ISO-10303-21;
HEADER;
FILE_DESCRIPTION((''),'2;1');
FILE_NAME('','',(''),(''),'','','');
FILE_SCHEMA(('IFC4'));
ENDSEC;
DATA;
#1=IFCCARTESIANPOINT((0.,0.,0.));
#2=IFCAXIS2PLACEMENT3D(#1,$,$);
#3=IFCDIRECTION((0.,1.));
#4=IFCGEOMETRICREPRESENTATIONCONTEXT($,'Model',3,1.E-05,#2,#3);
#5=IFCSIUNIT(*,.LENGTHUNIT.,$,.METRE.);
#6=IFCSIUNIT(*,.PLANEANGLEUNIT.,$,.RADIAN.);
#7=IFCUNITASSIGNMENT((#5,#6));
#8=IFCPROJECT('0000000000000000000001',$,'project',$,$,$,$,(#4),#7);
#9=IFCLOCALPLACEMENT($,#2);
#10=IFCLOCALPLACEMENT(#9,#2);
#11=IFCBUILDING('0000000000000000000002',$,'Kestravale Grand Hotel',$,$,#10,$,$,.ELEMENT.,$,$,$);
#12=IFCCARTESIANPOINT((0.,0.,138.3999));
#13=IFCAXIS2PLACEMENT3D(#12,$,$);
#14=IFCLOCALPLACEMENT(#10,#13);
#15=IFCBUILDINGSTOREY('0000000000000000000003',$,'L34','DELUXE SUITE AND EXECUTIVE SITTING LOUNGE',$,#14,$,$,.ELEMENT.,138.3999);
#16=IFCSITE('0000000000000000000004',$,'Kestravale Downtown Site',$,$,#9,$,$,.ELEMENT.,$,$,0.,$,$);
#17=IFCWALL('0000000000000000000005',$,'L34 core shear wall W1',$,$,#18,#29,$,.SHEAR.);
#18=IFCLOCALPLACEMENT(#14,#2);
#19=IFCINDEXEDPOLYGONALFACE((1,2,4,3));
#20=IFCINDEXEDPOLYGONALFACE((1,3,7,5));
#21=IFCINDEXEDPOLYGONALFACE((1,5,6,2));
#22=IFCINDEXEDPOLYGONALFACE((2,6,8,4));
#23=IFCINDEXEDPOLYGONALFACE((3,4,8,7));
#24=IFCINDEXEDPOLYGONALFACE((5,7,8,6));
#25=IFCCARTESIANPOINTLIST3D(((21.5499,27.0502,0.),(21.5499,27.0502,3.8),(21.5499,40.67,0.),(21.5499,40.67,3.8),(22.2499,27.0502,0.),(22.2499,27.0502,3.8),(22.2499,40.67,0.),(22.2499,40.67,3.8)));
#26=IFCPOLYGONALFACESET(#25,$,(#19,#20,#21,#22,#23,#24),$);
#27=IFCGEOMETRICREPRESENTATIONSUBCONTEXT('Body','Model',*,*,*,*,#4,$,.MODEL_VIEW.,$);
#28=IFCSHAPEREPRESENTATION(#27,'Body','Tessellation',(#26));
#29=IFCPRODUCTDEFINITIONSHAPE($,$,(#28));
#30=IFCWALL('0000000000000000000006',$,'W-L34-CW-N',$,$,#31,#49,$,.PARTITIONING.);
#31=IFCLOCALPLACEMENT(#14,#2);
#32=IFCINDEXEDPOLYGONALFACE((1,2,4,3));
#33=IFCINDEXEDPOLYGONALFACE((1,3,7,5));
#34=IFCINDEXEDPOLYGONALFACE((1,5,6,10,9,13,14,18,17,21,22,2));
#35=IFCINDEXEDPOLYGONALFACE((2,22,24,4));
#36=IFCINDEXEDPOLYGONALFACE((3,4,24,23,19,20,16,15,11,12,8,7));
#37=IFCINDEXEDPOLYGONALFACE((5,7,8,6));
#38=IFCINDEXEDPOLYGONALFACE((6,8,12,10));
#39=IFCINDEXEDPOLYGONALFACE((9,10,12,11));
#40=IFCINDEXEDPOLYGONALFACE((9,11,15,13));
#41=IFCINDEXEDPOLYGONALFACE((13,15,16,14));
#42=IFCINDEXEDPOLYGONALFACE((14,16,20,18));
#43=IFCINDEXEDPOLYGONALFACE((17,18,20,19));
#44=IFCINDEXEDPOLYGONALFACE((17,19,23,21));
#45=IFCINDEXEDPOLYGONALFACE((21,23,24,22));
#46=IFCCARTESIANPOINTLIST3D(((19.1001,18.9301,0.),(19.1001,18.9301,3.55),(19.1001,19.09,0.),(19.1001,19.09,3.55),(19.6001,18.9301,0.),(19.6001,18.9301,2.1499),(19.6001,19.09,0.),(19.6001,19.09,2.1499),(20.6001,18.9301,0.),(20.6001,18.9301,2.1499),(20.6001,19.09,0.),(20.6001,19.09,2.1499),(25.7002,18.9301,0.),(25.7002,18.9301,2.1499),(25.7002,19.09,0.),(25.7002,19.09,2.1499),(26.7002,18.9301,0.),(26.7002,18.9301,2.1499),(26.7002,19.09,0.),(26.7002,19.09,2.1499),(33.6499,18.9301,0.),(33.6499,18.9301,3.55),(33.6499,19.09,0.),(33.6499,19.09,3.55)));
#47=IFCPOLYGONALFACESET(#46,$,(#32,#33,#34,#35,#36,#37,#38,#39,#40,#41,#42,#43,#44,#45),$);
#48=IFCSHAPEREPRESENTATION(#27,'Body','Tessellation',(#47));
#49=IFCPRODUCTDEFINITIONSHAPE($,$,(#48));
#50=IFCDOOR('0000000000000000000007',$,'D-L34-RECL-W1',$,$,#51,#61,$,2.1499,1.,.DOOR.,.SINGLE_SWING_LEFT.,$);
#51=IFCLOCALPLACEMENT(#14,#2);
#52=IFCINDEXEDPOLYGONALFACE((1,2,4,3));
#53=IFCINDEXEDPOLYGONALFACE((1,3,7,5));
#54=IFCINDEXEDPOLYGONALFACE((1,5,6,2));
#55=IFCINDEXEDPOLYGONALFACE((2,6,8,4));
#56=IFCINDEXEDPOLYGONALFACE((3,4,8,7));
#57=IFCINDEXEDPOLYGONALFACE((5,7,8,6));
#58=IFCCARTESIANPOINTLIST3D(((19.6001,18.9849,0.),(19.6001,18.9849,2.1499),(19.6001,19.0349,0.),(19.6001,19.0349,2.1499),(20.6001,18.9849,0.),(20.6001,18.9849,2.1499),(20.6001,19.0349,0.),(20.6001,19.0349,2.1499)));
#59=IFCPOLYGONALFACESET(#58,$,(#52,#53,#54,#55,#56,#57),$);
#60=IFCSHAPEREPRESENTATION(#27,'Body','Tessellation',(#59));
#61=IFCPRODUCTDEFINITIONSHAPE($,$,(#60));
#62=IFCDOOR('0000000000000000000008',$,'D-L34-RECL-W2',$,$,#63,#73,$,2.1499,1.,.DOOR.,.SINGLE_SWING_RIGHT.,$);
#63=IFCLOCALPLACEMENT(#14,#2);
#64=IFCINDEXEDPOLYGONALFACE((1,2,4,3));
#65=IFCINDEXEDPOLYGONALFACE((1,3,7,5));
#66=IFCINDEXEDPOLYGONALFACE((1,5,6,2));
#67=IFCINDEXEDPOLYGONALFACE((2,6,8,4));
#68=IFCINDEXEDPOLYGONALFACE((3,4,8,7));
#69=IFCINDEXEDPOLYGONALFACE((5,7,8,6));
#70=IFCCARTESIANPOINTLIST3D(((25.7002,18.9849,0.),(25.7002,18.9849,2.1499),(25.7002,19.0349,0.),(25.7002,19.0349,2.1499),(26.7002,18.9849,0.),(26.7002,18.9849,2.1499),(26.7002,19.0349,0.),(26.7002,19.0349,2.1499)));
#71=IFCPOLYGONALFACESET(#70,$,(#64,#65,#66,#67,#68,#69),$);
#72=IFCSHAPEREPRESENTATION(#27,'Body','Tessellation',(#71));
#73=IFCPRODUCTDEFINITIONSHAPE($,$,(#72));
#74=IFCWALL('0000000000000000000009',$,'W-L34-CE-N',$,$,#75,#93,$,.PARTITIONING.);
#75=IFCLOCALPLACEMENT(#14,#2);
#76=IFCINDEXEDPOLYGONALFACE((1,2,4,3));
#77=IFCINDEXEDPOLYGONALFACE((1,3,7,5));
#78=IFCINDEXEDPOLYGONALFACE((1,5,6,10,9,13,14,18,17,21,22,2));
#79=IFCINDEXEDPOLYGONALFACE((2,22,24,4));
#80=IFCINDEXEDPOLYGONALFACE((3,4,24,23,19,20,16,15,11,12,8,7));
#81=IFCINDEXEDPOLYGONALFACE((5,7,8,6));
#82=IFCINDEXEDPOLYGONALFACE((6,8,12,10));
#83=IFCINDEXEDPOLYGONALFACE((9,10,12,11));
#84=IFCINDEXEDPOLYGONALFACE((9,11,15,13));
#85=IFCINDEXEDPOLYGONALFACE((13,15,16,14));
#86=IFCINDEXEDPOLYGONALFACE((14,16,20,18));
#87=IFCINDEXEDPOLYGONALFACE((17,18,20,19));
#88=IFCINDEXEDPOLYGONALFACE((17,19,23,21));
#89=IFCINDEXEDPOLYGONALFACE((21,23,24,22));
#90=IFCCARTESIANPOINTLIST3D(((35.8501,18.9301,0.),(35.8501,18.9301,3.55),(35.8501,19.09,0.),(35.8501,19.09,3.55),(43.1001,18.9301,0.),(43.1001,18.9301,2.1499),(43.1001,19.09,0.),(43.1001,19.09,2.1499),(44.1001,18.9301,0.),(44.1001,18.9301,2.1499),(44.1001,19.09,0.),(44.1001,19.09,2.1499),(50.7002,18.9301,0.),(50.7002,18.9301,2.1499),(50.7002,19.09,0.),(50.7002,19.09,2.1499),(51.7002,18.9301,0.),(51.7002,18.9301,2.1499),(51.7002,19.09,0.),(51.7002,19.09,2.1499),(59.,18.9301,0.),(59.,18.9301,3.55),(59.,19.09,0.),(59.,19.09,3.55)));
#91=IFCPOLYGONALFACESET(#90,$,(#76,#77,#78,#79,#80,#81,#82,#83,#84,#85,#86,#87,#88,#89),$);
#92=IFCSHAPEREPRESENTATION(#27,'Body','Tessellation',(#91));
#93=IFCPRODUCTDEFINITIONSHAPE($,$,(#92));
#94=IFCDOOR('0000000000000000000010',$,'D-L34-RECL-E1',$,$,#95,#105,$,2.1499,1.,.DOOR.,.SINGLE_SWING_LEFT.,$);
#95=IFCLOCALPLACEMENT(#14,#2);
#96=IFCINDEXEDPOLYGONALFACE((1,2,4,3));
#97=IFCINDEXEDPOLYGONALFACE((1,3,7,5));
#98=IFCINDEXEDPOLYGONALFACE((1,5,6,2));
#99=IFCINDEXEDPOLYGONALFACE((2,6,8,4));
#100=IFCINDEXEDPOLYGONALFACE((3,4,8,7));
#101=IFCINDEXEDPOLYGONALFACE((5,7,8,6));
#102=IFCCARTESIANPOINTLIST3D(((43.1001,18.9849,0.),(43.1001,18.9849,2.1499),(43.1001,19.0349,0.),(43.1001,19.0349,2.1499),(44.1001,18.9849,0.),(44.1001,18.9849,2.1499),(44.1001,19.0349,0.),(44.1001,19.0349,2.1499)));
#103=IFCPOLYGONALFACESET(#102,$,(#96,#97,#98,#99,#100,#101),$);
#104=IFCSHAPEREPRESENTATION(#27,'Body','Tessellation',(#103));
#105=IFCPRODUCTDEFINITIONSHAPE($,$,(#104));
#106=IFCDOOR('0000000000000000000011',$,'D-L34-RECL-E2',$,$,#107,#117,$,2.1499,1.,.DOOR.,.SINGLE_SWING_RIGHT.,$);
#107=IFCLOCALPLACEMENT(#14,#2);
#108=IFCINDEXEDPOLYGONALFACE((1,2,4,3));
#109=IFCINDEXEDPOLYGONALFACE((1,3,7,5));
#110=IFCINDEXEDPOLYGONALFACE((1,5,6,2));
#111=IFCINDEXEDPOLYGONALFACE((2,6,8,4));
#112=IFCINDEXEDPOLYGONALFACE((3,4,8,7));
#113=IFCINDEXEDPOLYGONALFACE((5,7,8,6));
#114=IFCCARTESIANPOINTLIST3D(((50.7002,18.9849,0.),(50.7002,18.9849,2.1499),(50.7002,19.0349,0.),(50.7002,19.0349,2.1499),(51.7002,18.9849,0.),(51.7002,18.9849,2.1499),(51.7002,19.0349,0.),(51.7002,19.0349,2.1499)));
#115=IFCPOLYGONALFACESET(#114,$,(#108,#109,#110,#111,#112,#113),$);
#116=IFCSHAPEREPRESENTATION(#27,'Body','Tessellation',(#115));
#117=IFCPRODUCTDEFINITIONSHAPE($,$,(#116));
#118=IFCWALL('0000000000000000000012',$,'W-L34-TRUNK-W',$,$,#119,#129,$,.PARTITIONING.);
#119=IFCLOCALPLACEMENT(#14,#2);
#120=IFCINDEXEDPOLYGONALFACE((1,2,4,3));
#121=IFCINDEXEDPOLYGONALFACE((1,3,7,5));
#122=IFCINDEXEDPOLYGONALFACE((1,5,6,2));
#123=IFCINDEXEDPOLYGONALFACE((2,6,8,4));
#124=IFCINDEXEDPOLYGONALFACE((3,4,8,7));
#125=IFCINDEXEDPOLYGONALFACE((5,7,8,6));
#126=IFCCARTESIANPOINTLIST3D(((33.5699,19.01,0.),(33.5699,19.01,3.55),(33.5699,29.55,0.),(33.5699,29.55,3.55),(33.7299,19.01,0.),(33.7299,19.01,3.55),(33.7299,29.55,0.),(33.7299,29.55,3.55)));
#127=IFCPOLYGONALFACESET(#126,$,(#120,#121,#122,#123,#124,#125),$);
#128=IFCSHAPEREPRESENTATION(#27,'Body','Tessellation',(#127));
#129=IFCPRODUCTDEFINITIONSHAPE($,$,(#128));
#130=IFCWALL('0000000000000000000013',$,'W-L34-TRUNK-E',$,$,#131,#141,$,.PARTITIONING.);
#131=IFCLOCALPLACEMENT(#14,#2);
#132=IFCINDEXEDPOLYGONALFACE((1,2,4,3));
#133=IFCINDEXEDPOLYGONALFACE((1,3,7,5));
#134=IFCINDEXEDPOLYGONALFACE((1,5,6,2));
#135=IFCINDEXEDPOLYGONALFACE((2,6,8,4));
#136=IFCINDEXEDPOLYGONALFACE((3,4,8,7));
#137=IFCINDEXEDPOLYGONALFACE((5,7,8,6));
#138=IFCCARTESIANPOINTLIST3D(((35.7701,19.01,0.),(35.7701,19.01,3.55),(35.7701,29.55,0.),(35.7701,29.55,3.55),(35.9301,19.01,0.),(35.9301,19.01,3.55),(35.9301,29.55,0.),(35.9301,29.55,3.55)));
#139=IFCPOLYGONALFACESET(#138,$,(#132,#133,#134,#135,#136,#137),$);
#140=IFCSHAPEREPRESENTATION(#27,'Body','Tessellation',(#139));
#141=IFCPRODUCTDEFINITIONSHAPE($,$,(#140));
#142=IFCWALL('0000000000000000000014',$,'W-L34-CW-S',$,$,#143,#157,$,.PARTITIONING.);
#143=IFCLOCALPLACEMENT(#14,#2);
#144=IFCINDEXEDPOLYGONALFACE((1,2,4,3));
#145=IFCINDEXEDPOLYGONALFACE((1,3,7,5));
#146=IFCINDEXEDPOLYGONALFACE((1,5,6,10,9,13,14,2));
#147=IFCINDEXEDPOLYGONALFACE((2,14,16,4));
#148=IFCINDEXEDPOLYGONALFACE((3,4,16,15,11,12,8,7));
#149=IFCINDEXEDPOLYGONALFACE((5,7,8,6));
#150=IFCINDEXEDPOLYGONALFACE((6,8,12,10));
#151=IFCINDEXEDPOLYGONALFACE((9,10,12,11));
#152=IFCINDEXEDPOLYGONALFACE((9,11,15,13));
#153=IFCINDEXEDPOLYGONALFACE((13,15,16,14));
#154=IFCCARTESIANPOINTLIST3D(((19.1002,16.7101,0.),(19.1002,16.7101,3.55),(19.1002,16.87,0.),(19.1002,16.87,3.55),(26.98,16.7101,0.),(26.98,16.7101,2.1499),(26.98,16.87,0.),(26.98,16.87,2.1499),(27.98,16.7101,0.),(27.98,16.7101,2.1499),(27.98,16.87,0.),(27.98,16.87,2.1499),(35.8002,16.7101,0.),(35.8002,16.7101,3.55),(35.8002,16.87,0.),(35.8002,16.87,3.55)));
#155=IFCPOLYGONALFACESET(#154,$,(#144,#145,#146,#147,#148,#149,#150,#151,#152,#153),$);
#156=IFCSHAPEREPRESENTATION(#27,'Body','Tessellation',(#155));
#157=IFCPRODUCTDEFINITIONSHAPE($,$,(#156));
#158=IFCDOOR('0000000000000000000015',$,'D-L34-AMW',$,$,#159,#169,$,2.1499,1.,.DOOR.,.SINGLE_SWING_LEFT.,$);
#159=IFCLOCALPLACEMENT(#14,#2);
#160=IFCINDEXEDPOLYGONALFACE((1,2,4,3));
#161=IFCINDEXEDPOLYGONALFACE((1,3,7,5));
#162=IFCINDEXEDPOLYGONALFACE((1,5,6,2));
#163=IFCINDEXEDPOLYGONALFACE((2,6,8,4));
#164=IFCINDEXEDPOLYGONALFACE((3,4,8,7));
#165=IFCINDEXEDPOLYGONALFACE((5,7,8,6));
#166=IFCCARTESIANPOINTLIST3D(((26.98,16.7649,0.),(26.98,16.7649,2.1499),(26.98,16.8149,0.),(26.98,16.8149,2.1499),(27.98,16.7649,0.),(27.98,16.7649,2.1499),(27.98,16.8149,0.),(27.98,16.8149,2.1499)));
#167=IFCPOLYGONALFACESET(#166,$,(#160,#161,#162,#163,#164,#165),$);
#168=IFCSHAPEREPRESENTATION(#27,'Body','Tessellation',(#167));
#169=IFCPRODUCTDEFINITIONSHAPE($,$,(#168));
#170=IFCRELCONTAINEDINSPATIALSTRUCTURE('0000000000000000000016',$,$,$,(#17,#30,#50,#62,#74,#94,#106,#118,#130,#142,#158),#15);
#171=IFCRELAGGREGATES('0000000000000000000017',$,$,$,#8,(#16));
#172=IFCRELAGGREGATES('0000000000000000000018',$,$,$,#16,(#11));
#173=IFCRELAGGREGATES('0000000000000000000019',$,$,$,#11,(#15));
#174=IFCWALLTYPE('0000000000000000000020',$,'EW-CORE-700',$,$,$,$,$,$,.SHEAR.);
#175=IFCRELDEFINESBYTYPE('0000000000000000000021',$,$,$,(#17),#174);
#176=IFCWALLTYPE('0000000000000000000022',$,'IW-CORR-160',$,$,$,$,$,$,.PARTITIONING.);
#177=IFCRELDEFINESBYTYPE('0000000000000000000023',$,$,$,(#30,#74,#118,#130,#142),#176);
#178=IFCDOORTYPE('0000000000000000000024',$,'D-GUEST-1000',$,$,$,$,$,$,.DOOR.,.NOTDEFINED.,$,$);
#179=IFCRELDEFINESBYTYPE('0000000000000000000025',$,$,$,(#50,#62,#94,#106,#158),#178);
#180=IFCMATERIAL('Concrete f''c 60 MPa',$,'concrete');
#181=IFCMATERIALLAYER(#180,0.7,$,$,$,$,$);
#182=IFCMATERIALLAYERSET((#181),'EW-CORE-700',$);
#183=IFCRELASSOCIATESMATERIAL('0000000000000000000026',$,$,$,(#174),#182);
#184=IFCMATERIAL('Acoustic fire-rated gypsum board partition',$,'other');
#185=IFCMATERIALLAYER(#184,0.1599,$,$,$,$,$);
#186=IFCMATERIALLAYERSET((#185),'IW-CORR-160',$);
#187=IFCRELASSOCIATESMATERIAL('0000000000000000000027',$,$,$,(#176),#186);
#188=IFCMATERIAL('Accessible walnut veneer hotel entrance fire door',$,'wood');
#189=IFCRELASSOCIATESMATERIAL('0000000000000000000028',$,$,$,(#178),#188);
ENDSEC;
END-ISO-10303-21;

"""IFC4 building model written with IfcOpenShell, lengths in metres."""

from ifc_helpers import new_model, si_unit, direction, frame, frame_2d, origin, place, context, subcontext, project, spatial, rectangle, extrude, material, layer, layer_set, type_object, element, fill, save


model = new_model("IFC4")

# Units and contexts
model_context = context("Model", 3, precision=1e-05, world=origin(), true_north=direction((0.0, 1.0)))
body_context = subcontext(model_context, "Body", "Model", "MODEL_VIEW")
ifc_project = project(units=[si_unit("LENGTHUNIT", "METRE"), si_unit("PLANEANGLEUNIT", "RADIAN")], contexts=[model_context])

# Site, building, storey
site_placement = place(None, origin())
site = spatial("IfcSite", under=ifc_project, at=site_placement, Name="Kestravale Downtown Site", CompositionType="ELEMENT", RefElevation=0.0)
building_placement = place(site_placement, origin())
building = spatial("IfcBuilding", under=site, at=building_placement, Name="Kestravale Grand Hotel", CompositionType="ELEMENT")
storey_placement = place(building_placement, frame((0.0, 0.0, 138.3999)))
storey = spatial("IfcBuildingStorey", under=building, at=storey_placement, Name="L34", Description="DELUXE SUITE AND EXECUTIVE SITTING LOUNGE", CompositionType="ELEMENT", Elevation=138.3999)

# Wall
ifc_material_1 = material(Name="Concrete f'c 60 MPa", Category="concrete")
ifc_layer_1 = layer(ifc_material_1, 0.7)
ifc_layer_set_1 = layer_set([ifc_layer_1], Name="EW-CORE-700")
wall_type_1 = type_object("IfcWallType", Name="EW-CORE-700", PredefinedType="SHEAR", material=ifc_layer_set_1)
wall_1_placement = place(storey_placement, frame((21.8999, 27.05, 0.0), z_axis=(0.0, 0.0, 1.0), x_axis=(0.0, 1.0, 0.0)))
element("IfcWall", 1, at=wall_1_placement, inside=storey, type_object=wall_type_1, Name="L34 core shear wall W1", PredefinedType="SHEAR", context=body_context, shape_type="SweptSolid", body=[
    extrude(rectangle(XDim=13.6199, YDim=0.7, at=frame_2d((6.8101, 0.0))), origin(), (0.0, 0.0, 1.0), 3.8),
])

# Walls, openings, doors
ifc_material_2 = material(Name="Acoustic fire-rated gypsum board partition", Category="other")
ifc_layer_2 = layer(ifc_material_2, 0.1599)
ifc_layer_set_2 = layer_set([ifc_layer_2], Name="IW-CORR-160")
wall_type_2 = type_object("IfcWallType", Name="IW-CORR-160", PredefinedType="PARTITIONING", material=ifc_layer_set_2)
wall_2_placement = place(storey_placement, frame((19.1001, 19.01, 0.0), z_axis=(0.0, 0.0, 1.0), x_axis=(1.0, 0.0, 0.0)))
wall_2 = element("IfcWall", 2, at=wall_2_placement, inside=storey, type_object=wall_type_2, Name="W-L34-CW-N", PredefinedType="PARTITIONING", context=body_context, shape_type="SweptSolid", body=[
    extrude(rectangle(XDim=14.5498, YDim=0.1599, at=frame_2d((7.2749, 0.0))), origin(), (0.0, 0.0, 1.0), 3.55),
])
opening_1_placement = place(wall_2_placement, frame((0.5, 0.0, 0.0)))
opening_1 = element("IfcOpeningElement", 3, at=opening_1_placement, cuts=wall_2, PredefinedType="OPENING", context=body_context, shape_type="SweptSolid", body=[
    extrude(rectangle(XDim=1.0, YDim=2.1499, at=frame_2d((0.5, 1.075))), frame((0.0, 0.0898, 0.0), z_axis=(0.0, -1.0, 0.0), x_axis=(1.0, 0.0, 0.0)), (0.0, 0.0, 1.0), 0.1799),
])
opening_2_placement = place(wall_2_placement, frame((6.6001, 0.0, 0.0)))
opening_2 = element("IfcOpeningElement", 4, at=opening_2_placement, cuts=wall_2, PredefinedType="OPENING", context=body_context, shape_type="SweptSolid", body=[
    extrude(rectangle(XDim=1.0, YDim=2.1499, at=frame_2d((0.5, 1.075))), frame((0.0, 0.0898, 0.0), z_axis=(0.0, -1.0, 0.0), x_axis=(1.0, 0.0, 0.0)), (0.0, 0.0, 1.0), 0.1799),
])
ifc_material_3 = material(Name="Accessible walnut veneer hotel entrance fire door", Category="wood")
door_type_1 = type_object("IfcDoorType", Name="D-GUEST-1000", OperationType="NOTDEFINED", PredefinedType="DOOR", material=ifc_material_3)
door_1_placement = place(opening_1_placement, origin())
door_1 = element("IfcDoor", 5, at=door_1_placement, inside=storey, type_object=door_type_1, Name="D-L34-RECL-W1", OperationType="SINGLE_SWING_LEFT", OverallHeight=2.1499, OverallWidth=1.0, PredefinedType="DOOR", context=body_context, shape_type="SweptSolid", body=[
    extrude(rectangle(XDim=1.0, YDim=2.1499, at=frame_2d((0.5, 1.075))), frame((0.0, 0.0249, 0.0), z_axis=(0.0, -1.0, 0.0), x_axis=(1.0, 0.0, 0.0)), (0.0, 0.0, 1.0), 0.05),
])
fill(opening_1, door_1)
door_2_placement = place(opening_2_placement, origin())
door_2 = element("IfcDoor", 6, at=door_2_placement, inside=storey, type_object=door_type_1, Name="D-L34-RECL-W2", OperationType="SINGLE_SWING_RIGHT", OverallHeight=2.1499, OverallWidth=1.0, PredefinedType="DOOR", context=body_context, shape_type="SweptSolid", body=[
    extrude(rectangle(XDim=1.0, YDim=2.1499, at=frame_2d((0.5, 1.075))), frame((0.0, 0.0249, 0.0), z_axis=(0.0, -1.0, 0.0), x_axis=(1.0, 0.0, 0.0)), (0.0, 0.0, 1.0), 0.05),
])
fill(opening_2, door_2)
wall_3_placement = place(storey_placement, frame((35.8501, 19.01, 0.0), z_axis=(0.0, 0.0, 1.0), x_axis=(1.0, 0.0, 0.0)))
wall_3 = element("IfcWall", 7, at=wall_3_placement, inside=storey, type_object=wall_type_2, Name="W-L34-CE-N", PredefinedType="PARTITIONING", context=body_context, shape_type="SweptSolid", body=[
    extrude(rectangle(XDim=23.1499, YDim=0.1599, at=frame_2d((11.575, 0.0))), origin(), (0.0, 0.0, 1.0), 3.55),
])
opening_3_placement = place(wall_3_placement, frame((7.25, 0.0, 0.0)))
opening_3 = element("IfcOpeningElement", 8, at=opening_3_placement, cuts=wall_3, PredefinedType="OPENING", context=body_context, shape_type="SweptSolid", body=[
    extrude(rectangle(XDim=1.0, YDim=2.1499, at=frame_2d((0.5, 1.075))), frame((0.0, 0.0898, 0.0), z_axis=(0.0, -1.0, 0.0), x_axis=(1.0, 0.0, 0.0)), (0.0, 0.0, 1.0), 0.1799),
])
opening_4_placement = place(wall_3_placement, frame((14.8501, 0.0, 0.0)))
opening_4 = element("IfcOpeningElement", 9, at=opening_4_placement, cuts=wall_3, PredefinedType="OPENING", context=body_context, shape_type="SweptSolid", body=[
    extrude(rectangle(XDim=1.0, YDim=2.1499, at=frame_2d((0.5, 1.075))), frame((0.0, 0.0898, 0.0), z_axis=(0.0, -1.0, 0.0), x_axis=(1.0, 0.0, 0.0)), (0.0, 0.0, 1.0), 0.1799),
])
door_3_placement = place(opening_3_placement, origin())
door_3 = element("IfcDoor", 10, at=door_3_placement, inside=storey, type_object=door_type_1, Name="D-L34-RECL-E1", OperationType="SINGLE_SWING_LEFT", OverallHeight=2.1499, OverallWidth=1.0, PredefinedType="DOOR", context=body_context, shape_type="SweptSolid", body=[
    extrude(rectangle(XDim=1.0, YDim=2.1499, at=frame_2d((0.5, 1.075))), frame((0.0, 0.0249, 0.0), z_axis=(0.0, -1.0, 0.0), x_axis=(1.0, 0.0, 0.0)), (0.0, 0.0, 1.0), 0.05),
])
fill(opening_3, door_3)
door_4_placement = place(opening_4_placement, origin())
door_4 = element("IfcDoor", 11, at=door_4_placement, inside=storey, type_object=door_type_1, Name="D-L34-RECL-E2", OperationType="SINGLE_SWING_RIGHT", OverallHeight=2.1499, OverallWidth=1.0, PredefinedType="DOOR", context=body_context, shape_type="SweptSolid", body=[
    extrude(rectangle(XDim=1.0, YDim=2.1499, at=frame_2d((0.5, 1.075))), frame((0.0, 0.0249, 0.0), z_axis=(0.0, -1.0, 0.0), x_axis=(1.0, 0.0, 0.0)), (0.0, 0.0, 1.0), 0.05),
])
fill(opening_4, door_4)

# Walls
for number, where, z_axis, x_axis, name in (
    (12, (33.6499, 19.01, 0.0), (0.0, 0.0, 1.0), (0.0, 1.0, 0.0), "W-L34-TRUNK-W"),
    (13, (35.8501, 19.01, 0.0), (0.0, 0.0, 1.0), (0.0, 1.0, 0.0), "W-L34-TRUNK-E"),
):
    element("IfcWall", number, at=place(storey_placement, frame(where, z_axis=z_axis, x_axis=x_axis)), inside=storey, type_object=wall_type_2, Name=name, PredefinedType="PARTITIONING", context=body_context, shape_type="SweptSolid", body=[
        extrude(rectangle(XDim=10.54, YDim=0.1599, at=frame_2d((5.27, 0.0))), origin(), (0.0, 0.0, 1.0), 3.55),
    ])

# Wall, opening, door
wall_4_placement = place(storey_placement, frame((19.1001, 16.79, 0.0), z_axis=(0.0, 0.0, 1.0), x_axis=(1.0, 0.0, 0.0)))
wall_4 = element("IfcWall", 14, at=wall_4_placement, inside=storey, type_object=wall_type_2, Name="W-L34-CW-S", PredefinedType="PARTITIONING", context=body_context, shape_type="SweptSolid", body=[
    extrude(rectangle(XDim=16.7, YDim=0.1599, at=frame_2d((8.3501, 0.0))), origin(), (0.0, 0.0, 1.0), 3.55),
])
opening_5_placement = place(wall_4_placement, frame((7.8799, 0.0, 0.0)))
opening_5 = element("IfcOpeningElement", 15, at=opening_5_placement, cuts=wall_4, PredefinedType="OPENING", context=body_context, shape_type="SweptSolid", body=[
    extrude(rectangle(XDim=1.0, YDim=2.1499, at=frame_2d((0.5, 1.075))), frame((0.0, 0.0898, 0.0), z_axis=(0.0, -1.0, 0.0), x_axis=(1.0, 0.0, 0.0)), (0.0, 0.0, 1.0), 0.1799),
])
door_5_placement = place(opening_5_placement, origin())
door_5 = element("IfcDoor", 16, at=door_5_placement, inside=storey, type_object=door_type_1, Name="D-L34-AMW", OperationType="SINGLE_SWING_LEFT", OverallHeight=2.1499, OverallWidth=1.0, PredefinedType="DOOR", context=body_context, shape_type="SweptSolid", body=[
    extrude(rectangle(XDim=1.0, YDim=2.1499, at=frame_2d((0.5, 1.075))), frame((0.0, 0.0249, 0.0), z_axis=(0.0, -1.0, 0.0), x_axis=(1.0, 0.0, 0.0)), (0.0, 0.0, 1.0), 0.05),
])
fill(opening_5, door_5)

save(model, "model.ifc")
